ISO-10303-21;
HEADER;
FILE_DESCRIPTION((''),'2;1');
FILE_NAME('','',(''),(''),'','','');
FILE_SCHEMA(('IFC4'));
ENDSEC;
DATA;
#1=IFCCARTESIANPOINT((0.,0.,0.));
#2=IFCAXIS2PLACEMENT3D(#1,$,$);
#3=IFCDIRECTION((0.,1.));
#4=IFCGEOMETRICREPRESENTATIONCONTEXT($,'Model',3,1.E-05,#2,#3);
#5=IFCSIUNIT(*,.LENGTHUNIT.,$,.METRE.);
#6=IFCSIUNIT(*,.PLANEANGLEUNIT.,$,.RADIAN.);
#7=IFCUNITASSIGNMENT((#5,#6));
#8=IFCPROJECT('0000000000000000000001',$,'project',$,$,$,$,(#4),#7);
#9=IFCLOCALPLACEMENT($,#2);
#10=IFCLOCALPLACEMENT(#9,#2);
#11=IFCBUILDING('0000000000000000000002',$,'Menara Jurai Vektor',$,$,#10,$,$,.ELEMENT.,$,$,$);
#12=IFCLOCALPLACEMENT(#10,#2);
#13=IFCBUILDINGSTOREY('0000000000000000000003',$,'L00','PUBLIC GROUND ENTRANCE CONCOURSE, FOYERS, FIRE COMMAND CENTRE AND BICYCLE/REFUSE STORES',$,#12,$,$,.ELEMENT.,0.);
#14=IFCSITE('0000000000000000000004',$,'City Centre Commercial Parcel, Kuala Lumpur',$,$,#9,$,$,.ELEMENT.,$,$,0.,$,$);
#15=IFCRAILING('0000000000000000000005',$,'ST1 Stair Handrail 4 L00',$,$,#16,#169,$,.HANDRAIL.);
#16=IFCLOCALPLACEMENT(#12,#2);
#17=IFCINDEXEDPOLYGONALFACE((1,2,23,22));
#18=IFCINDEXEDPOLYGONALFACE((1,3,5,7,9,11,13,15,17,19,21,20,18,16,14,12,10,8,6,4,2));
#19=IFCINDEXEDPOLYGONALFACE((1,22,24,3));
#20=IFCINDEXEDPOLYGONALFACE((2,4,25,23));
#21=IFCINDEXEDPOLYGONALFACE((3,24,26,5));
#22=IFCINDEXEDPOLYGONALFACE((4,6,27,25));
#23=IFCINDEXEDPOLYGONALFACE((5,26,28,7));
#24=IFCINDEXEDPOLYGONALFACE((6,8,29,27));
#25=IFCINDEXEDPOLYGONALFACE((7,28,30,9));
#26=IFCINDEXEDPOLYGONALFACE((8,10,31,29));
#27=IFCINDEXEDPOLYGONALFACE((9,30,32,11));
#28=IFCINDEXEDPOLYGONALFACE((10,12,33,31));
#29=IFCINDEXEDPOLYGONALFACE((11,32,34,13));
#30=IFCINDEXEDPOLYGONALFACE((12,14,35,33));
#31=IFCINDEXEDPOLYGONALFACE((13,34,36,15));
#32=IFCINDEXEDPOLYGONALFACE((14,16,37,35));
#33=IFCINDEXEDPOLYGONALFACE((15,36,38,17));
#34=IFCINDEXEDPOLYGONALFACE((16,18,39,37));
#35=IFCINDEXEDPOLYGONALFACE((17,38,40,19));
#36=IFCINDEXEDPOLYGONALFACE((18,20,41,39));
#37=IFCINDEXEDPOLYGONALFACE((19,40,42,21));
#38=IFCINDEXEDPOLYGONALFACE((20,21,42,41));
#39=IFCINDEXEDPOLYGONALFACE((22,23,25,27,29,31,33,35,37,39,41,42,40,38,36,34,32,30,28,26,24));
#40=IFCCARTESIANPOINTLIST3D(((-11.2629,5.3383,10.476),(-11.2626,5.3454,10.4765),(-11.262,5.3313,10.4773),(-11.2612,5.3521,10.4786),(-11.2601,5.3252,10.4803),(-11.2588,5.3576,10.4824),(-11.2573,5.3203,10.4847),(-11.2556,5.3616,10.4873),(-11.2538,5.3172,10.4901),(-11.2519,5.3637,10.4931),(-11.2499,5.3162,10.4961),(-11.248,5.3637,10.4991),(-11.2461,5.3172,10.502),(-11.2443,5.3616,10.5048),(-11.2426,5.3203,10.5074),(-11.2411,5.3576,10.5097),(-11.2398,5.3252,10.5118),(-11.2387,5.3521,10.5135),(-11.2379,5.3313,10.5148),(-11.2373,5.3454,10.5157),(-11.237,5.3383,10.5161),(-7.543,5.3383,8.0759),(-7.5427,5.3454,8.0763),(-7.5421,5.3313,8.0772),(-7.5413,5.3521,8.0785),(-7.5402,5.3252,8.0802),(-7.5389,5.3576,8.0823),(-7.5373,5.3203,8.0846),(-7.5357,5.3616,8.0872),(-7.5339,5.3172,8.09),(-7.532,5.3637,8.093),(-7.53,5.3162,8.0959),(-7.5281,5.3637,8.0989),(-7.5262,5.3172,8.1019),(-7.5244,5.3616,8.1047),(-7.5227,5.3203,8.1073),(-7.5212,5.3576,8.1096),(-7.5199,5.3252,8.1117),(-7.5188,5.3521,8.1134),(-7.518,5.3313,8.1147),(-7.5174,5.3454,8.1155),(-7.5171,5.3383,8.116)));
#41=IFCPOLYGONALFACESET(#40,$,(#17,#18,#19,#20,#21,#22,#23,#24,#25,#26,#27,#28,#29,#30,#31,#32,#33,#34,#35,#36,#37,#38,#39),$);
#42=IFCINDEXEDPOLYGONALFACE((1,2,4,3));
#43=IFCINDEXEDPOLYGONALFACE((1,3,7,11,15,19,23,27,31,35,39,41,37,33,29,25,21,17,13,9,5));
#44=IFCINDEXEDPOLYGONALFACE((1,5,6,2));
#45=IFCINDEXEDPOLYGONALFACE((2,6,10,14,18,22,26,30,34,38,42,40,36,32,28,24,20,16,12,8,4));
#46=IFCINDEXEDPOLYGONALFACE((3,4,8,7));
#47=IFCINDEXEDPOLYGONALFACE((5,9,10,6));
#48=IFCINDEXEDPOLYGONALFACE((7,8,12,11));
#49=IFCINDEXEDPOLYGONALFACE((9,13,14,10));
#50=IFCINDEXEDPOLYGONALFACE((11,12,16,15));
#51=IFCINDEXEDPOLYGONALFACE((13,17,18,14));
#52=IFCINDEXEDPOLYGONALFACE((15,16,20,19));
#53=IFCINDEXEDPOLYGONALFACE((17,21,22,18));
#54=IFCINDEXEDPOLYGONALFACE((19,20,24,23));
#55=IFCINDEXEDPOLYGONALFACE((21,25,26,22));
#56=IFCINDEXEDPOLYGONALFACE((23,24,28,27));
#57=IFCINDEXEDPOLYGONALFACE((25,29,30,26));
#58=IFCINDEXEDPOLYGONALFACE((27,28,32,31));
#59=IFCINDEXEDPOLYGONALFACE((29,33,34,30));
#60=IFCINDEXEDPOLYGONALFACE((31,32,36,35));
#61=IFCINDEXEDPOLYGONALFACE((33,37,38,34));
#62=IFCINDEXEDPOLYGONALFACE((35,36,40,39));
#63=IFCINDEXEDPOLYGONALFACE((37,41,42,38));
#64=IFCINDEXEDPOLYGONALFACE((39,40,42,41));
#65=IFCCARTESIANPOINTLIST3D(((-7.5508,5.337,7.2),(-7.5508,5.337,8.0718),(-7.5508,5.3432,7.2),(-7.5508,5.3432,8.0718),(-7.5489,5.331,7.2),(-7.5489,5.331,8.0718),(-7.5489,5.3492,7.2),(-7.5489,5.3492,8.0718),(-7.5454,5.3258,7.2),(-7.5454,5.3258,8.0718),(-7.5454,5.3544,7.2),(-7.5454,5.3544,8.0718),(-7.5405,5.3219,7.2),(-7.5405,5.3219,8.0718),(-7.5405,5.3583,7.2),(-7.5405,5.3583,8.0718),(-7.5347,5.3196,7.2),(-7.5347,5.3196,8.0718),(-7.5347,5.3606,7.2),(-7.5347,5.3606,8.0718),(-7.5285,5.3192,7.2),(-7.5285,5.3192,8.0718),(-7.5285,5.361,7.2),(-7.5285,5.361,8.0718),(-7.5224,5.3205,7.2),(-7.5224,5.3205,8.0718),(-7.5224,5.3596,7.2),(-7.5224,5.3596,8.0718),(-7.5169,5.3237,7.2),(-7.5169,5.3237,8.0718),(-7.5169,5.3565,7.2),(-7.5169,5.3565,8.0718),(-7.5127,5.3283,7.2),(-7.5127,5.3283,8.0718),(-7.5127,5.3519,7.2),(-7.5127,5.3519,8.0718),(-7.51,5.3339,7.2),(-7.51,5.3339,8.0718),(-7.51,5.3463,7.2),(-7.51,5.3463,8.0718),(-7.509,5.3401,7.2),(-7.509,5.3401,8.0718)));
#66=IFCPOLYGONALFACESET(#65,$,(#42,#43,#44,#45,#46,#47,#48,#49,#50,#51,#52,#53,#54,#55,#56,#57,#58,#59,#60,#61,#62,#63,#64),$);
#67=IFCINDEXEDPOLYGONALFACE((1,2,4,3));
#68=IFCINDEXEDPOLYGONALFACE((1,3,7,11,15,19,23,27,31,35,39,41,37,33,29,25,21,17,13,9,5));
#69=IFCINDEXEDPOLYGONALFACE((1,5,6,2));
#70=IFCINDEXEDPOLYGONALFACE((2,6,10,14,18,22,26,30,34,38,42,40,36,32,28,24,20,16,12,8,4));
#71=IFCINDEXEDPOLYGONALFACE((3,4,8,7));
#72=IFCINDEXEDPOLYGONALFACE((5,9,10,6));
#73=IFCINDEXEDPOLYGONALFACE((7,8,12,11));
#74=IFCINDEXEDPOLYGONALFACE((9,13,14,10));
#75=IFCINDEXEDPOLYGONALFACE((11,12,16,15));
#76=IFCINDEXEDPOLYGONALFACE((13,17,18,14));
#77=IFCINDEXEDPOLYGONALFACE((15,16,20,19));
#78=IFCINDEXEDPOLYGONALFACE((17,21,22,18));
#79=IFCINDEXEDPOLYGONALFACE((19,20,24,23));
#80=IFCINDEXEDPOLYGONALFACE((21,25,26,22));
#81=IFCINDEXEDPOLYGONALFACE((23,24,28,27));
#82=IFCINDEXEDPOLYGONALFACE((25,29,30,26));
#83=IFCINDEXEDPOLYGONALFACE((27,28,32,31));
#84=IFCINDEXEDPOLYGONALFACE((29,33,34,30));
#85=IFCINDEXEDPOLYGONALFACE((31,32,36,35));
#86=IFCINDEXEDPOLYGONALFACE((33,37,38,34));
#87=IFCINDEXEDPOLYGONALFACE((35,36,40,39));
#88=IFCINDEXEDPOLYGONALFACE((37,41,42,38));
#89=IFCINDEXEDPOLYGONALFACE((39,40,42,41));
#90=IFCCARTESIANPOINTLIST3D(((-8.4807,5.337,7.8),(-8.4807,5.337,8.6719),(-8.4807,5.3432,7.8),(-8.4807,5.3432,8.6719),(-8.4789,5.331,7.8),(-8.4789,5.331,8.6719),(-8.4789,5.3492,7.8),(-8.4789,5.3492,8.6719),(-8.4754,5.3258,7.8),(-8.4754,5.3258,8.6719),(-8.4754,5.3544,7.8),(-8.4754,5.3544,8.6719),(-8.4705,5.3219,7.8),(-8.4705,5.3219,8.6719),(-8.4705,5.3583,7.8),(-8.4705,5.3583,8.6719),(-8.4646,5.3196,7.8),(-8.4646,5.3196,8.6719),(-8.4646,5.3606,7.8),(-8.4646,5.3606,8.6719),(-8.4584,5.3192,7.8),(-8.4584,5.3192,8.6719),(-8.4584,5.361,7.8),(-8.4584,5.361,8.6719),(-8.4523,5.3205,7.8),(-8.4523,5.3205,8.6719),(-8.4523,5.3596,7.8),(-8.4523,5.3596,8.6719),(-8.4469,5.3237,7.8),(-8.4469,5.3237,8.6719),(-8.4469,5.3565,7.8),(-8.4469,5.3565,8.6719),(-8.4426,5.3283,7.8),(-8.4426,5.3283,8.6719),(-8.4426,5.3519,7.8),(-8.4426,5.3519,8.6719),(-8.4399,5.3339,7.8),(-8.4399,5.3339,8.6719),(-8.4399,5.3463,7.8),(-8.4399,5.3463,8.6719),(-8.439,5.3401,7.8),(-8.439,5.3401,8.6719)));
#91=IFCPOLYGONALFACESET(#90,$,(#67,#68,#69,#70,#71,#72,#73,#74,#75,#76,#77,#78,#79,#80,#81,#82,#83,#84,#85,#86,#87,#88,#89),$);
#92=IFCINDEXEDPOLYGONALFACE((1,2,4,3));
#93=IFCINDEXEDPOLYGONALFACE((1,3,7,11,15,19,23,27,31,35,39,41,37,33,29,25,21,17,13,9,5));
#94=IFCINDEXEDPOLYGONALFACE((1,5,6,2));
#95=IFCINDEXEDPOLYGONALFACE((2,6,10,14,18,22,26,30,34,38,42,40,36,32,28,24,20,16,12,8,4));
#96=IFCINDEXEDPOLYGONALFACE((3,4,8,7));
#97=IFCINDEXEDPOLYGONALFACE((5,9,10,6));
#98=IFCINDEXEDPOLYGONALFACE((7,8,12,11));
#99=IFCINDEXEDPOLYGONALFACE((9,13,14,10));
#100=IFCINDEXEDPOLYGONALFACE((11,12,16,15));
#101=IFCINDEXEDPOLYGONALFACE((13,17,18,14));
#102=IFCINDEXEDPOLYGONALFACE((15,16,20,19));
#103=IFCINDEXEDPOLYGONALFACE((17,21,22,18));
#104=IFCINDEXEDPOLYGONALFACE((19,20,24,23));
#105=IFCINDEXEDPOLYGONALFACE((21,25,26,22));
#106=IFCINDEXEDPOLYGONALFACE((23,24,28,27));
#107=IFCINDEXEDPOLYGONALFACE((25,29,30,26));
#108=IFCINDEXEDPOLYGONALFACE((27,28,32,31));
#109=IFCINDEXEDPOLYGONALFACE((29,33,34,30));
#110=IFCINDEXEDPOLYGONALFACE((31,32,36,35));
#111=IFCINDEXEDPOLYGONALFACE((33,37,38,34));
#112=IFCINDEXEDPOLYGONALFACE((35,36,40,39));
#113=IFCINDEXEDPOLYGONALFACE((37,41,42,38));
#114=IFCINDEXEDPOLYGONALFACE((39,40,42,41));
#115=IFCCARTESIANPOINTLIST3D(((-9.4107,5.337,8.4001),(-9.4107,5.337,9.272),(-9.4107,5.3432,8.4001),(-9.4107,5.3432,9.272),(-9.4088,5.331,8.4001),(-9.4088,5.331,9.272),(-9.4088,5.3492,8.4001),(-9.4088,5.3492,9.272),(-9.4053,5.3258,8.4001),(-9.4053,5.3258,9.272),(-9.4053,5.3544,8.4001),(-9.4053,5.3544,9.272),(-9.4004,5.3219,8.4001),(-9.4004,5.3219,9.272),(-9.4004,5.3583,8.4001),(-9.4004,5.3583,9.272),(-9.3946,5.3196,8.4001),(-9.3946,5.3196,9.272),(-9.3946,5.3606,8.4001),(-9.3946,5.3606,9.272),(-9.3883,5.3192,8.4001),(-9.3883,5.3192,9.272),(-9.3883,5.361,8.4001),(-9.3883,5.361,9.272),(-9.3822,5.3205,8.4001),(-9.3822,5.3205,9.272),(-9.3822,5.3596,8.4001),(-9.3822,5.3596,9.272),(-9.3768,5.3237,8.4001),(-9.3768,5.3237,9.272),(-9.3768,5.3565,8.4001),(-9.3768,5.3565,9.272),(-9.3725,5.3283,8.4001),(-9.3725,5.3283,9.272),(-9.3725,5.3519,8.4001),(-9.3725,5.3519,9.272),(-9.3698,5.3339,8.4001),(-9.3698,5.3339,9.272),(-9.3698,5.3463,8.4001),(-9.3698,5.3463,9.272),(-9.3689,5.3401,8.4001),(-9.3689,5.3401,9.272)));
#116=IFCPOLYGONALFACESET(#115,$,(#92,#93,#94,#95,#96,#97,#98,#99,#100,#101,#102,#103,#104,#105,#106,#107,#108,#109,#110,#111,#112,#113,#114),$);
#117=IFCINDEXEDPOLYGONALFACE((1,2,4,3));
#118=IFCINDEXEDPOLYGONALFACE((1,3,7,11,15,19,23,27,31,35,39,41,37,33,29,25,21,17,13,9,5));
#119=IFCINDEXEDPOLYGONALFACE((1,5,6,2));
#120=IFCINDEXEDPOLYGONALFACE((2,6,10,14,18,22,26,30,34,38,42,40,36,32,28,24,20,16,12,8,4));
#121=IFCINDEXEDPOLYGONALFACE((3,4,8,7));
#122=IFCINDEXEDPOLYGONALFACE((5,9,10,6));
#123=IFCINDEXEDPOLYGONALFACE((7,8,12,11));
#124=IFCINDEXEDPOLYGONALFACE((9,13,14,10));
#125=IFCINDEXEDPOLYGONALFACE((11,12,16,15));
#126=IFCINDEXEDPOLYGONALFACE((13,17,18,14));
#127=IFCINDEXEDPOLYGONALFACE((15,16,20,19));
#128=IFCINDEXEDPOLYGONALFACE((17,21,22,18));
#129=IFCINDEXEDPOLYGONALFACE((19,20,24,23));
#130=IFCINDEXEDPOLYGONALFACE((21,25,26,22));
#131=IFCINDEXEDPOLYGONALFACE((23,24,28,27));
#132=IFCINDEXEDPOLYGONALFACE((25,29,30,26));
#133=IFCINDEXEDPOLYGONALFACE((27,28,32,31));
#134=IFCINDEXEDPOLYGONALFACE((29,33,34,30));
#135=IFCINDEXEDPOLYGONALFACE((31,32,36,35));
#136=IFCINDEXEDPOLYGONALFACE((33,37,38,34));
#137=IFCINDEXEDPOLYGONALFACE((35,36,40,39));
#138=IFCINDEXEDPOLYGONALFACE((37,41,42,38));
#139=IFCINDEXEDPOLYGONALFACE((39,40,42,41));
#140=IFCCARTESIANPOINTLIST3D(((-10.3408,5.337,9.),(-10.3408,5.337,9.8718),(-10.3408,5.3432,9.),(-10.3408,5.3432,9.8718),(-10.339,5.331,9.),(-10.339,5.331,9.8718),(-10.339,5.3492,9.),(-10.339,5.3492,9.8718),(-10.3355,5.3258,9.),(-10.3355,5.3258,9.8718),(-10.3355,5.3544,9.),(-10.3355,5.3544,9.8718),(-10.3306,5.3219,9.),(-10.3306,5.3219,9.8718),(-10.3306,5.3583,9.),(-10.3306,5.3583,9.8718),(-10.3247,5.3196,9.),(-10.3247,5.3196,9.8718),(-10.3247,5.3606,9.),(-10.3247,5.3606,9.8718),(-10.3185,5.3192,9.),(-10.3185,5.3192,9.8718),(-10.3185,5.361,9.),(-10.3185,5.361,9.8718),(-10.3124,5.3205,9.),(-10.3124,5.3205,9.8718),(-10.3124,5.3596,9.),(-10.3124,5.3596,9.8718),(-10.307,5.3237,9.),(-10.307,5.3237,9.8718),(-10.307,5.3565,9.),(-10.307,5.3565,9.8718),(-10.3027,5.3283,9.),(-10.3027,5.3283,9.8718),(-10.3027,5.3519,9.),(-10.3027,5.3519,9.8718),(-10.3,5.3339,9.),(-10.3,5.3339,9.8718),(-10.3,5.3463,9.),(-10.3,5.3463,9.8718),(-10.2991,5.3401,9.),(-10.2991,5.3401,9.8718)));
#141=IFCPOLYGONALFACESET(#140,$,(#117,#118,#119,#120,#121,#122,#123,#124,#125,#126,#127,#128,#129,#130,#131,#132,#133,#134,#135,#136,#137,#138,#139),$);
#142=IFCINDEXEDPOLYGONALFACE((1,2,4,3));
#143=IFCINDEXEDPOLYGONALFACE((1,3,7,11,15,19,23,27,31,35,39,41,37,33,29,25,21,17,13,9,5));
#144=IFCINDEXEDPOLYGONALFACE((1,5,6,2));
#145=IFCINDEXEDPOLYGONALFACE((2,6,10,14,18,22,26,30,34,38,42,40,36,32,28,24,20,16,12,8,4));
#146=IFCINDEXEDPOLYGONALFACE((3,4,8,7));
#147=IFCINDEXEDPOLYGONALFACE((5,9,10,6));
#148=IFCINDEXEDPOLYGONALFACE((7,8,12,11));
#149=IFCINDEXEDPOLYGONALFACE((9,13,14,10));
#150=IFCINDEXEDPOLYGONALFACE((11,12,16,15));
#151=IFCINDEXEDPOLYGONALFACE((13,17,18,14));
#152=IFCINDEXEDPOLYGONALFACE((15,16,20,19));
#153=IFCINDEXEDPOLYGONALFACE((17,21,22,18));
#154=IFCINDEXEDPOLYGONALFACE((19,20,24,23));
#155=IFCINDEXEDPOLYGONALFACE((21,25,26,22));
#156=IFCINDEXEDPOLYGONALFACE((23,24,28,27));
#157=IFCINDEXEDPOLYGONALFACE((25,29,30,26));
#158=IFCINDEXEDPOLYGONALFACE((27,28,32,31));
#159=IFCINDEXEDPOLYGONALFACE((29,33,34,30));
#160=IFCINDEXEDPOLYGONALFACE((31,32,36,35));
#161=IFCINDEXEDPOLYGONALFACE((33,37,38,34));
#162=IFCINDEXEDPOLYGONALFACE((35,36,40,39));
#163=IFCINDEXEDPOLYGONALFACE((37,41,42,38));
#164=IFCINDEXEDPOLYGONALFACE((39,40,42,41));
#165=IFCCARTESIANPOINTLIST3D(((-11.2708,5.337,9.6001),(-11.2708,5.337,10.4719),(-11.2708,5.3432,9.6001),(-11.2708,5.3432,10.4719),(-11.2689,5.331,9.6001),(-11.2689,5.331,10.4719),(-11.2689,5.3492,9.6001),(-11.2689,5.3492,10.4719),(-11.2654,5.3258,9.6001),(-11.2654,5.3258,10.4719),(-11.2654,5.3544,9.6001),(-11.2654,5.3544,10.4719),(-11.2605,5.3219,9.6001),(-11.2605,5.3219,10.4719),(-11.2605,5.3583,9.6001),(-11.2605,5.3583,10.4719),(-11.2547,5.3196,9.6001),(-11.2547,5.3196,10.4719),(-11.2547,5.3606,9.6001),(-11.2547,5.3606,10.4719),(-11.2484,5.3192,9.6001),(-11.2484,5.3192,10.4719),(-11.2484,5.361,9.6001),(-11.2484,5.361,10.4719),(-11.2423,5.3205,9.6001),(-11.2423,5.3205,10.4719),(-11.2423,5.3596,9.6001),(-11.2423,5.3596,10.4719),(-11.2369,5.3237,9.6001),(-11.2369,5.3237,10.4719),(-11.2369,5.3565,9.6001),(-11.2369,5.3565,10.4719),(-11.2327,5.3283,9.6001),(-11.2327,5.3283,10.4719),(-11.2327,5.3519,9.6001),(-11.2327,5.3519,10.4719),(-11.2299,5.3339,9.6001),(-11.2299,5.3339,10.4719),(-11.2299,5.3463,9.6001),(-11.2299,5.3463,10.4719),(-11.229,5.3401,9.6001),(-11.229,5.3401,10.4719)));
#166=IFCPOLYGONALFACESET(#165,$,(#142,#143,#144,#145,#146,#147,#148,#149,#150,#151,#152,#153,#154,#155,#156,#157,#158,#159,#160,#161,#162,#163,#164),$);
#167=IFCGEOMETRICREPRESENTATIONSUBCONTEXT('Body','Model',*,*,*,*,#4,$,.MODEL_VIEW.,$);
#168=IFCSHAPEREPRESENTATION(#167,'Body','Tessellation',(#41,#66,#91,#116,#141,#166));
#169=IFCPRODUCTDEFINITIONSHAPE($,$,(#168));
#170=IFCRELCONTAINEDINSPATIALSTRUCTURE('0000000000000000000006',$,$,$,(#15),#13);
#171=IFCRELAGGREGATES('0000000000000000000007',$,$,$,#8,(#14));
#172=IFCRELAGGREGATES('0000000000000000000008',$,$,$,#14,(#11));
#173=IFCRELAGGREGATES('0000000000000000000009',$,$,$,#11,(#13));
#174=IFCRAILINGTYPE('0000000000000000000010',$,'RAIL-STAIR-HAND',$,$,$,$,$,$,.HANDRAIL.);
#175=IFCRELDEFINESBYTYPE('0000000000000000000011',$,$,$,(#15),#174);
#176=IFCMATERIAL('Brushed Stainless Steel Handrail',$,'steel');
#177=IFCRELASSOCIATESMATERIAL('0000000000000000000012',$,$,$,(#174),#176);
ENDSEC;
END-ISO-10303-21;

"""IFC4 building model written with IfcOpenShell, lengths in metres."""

from ifc_helpers import new_model, si_unit, direction, frame, origin, origin_2d, place, context, subcontext, project, spatial, circle, extrude, material, type_object, element, save


model = new_model("IFC4")

# Units and contexts
model_context = context("Model", 3, precision=1e-05, world=origin(), true_north=direction((0.0, 1.0)))
body_context = subcontext(model_context, "Body", "Model", "MODEL_VIEW")
ifc_project = project(units=[si_unit("LENGTHUNIT", "METRE"), si_unit("PLANEANGLEUNIT", "RADIAN")], contexts=[model_context])

# Site, building, storey
site_placement = place(None, origin())
site = spatial("IfcSite", under=ifc_project, at=site_placement, Name="City Centre Commercial Parcel, Kuala Lumpur", CompositionType="ELEMENT", RefElevation=0.0)
building_placement = place(site_placement, origin())
building = spatial("IfcBuilding", under=site, at=building_placement, Name="Menara Jurai Vektor", CompositionType="ELEMENT")
storey_placement = place(building_placement, origin())
storey = spatial("IfcBuildingStorey", under=building, at=storey_placement, Name="L00", Description="PUBLIC GROUND ENTRANCE CONCOURSE, FOYERS, FIRE COMMAND CENTRE AND BICYCLE/REFUSE STORES", CompositionType="ELEMENT", Elevation=0.0)

# Railing
ifc_material_1 = material(Name="Brushed Stainless Steel Handrail", Category="steel")
railing_type = type_object("IfcRailingType", Name="RAIL-STAIR-HAND", PredefinedType="HANDRAIL", material=ifc_material_1)
railing_placement = place(storey_placement, frame((-7.53, 5.3401, 7.2)))
element("IfcRailing", 1, at=railing_placement, inside=storey, type_object=railing_type, Name="ST1 Stair Handrail 4 L00", PredefinedType="HANDRAIL", context=body_context, shape_type="SweptSolid", body=[
    extrude(circle(Radius=0.0239, at=origin_2d()), frame((0.0, 0.0, 0.896), z_axis=(-0.84028, 0.0, 0.542153), x_axis=(0.0, -1.0, 0.0)), (0.0, 0.0, 1.0), 4.427),
    extrude(circle(Radius=0.021, at=origin_2d()), origin(), (0.0, 0.0, 1.0), 0.8718),
    extrude(circle(Radius=0.021, at=origin_2d()), frame((-0.9299, 0.0, 0.6001)), (0.0, 0.0, 1.0), 0.8718),
    extrude(circle(Radius=0.021, at=origin_2d()), frame((-1.8599, 0.0, 1.2002)), (0.0, 0.0, 1.0), 0.8718),
    extrude(circle(Radius=0.021, at=origin_2d()), frame((-2.79, 0.0, 1.8)), (0.0, 0.0, 1.0), 0.8718),
    extrude(circle(Radius=0.021, at=origin_2d()), frame((-3.72, 0.0, 2.4001)), (0.0, 0.0, 1.0), 0.8718),
])

save(model, "model.ifc")
